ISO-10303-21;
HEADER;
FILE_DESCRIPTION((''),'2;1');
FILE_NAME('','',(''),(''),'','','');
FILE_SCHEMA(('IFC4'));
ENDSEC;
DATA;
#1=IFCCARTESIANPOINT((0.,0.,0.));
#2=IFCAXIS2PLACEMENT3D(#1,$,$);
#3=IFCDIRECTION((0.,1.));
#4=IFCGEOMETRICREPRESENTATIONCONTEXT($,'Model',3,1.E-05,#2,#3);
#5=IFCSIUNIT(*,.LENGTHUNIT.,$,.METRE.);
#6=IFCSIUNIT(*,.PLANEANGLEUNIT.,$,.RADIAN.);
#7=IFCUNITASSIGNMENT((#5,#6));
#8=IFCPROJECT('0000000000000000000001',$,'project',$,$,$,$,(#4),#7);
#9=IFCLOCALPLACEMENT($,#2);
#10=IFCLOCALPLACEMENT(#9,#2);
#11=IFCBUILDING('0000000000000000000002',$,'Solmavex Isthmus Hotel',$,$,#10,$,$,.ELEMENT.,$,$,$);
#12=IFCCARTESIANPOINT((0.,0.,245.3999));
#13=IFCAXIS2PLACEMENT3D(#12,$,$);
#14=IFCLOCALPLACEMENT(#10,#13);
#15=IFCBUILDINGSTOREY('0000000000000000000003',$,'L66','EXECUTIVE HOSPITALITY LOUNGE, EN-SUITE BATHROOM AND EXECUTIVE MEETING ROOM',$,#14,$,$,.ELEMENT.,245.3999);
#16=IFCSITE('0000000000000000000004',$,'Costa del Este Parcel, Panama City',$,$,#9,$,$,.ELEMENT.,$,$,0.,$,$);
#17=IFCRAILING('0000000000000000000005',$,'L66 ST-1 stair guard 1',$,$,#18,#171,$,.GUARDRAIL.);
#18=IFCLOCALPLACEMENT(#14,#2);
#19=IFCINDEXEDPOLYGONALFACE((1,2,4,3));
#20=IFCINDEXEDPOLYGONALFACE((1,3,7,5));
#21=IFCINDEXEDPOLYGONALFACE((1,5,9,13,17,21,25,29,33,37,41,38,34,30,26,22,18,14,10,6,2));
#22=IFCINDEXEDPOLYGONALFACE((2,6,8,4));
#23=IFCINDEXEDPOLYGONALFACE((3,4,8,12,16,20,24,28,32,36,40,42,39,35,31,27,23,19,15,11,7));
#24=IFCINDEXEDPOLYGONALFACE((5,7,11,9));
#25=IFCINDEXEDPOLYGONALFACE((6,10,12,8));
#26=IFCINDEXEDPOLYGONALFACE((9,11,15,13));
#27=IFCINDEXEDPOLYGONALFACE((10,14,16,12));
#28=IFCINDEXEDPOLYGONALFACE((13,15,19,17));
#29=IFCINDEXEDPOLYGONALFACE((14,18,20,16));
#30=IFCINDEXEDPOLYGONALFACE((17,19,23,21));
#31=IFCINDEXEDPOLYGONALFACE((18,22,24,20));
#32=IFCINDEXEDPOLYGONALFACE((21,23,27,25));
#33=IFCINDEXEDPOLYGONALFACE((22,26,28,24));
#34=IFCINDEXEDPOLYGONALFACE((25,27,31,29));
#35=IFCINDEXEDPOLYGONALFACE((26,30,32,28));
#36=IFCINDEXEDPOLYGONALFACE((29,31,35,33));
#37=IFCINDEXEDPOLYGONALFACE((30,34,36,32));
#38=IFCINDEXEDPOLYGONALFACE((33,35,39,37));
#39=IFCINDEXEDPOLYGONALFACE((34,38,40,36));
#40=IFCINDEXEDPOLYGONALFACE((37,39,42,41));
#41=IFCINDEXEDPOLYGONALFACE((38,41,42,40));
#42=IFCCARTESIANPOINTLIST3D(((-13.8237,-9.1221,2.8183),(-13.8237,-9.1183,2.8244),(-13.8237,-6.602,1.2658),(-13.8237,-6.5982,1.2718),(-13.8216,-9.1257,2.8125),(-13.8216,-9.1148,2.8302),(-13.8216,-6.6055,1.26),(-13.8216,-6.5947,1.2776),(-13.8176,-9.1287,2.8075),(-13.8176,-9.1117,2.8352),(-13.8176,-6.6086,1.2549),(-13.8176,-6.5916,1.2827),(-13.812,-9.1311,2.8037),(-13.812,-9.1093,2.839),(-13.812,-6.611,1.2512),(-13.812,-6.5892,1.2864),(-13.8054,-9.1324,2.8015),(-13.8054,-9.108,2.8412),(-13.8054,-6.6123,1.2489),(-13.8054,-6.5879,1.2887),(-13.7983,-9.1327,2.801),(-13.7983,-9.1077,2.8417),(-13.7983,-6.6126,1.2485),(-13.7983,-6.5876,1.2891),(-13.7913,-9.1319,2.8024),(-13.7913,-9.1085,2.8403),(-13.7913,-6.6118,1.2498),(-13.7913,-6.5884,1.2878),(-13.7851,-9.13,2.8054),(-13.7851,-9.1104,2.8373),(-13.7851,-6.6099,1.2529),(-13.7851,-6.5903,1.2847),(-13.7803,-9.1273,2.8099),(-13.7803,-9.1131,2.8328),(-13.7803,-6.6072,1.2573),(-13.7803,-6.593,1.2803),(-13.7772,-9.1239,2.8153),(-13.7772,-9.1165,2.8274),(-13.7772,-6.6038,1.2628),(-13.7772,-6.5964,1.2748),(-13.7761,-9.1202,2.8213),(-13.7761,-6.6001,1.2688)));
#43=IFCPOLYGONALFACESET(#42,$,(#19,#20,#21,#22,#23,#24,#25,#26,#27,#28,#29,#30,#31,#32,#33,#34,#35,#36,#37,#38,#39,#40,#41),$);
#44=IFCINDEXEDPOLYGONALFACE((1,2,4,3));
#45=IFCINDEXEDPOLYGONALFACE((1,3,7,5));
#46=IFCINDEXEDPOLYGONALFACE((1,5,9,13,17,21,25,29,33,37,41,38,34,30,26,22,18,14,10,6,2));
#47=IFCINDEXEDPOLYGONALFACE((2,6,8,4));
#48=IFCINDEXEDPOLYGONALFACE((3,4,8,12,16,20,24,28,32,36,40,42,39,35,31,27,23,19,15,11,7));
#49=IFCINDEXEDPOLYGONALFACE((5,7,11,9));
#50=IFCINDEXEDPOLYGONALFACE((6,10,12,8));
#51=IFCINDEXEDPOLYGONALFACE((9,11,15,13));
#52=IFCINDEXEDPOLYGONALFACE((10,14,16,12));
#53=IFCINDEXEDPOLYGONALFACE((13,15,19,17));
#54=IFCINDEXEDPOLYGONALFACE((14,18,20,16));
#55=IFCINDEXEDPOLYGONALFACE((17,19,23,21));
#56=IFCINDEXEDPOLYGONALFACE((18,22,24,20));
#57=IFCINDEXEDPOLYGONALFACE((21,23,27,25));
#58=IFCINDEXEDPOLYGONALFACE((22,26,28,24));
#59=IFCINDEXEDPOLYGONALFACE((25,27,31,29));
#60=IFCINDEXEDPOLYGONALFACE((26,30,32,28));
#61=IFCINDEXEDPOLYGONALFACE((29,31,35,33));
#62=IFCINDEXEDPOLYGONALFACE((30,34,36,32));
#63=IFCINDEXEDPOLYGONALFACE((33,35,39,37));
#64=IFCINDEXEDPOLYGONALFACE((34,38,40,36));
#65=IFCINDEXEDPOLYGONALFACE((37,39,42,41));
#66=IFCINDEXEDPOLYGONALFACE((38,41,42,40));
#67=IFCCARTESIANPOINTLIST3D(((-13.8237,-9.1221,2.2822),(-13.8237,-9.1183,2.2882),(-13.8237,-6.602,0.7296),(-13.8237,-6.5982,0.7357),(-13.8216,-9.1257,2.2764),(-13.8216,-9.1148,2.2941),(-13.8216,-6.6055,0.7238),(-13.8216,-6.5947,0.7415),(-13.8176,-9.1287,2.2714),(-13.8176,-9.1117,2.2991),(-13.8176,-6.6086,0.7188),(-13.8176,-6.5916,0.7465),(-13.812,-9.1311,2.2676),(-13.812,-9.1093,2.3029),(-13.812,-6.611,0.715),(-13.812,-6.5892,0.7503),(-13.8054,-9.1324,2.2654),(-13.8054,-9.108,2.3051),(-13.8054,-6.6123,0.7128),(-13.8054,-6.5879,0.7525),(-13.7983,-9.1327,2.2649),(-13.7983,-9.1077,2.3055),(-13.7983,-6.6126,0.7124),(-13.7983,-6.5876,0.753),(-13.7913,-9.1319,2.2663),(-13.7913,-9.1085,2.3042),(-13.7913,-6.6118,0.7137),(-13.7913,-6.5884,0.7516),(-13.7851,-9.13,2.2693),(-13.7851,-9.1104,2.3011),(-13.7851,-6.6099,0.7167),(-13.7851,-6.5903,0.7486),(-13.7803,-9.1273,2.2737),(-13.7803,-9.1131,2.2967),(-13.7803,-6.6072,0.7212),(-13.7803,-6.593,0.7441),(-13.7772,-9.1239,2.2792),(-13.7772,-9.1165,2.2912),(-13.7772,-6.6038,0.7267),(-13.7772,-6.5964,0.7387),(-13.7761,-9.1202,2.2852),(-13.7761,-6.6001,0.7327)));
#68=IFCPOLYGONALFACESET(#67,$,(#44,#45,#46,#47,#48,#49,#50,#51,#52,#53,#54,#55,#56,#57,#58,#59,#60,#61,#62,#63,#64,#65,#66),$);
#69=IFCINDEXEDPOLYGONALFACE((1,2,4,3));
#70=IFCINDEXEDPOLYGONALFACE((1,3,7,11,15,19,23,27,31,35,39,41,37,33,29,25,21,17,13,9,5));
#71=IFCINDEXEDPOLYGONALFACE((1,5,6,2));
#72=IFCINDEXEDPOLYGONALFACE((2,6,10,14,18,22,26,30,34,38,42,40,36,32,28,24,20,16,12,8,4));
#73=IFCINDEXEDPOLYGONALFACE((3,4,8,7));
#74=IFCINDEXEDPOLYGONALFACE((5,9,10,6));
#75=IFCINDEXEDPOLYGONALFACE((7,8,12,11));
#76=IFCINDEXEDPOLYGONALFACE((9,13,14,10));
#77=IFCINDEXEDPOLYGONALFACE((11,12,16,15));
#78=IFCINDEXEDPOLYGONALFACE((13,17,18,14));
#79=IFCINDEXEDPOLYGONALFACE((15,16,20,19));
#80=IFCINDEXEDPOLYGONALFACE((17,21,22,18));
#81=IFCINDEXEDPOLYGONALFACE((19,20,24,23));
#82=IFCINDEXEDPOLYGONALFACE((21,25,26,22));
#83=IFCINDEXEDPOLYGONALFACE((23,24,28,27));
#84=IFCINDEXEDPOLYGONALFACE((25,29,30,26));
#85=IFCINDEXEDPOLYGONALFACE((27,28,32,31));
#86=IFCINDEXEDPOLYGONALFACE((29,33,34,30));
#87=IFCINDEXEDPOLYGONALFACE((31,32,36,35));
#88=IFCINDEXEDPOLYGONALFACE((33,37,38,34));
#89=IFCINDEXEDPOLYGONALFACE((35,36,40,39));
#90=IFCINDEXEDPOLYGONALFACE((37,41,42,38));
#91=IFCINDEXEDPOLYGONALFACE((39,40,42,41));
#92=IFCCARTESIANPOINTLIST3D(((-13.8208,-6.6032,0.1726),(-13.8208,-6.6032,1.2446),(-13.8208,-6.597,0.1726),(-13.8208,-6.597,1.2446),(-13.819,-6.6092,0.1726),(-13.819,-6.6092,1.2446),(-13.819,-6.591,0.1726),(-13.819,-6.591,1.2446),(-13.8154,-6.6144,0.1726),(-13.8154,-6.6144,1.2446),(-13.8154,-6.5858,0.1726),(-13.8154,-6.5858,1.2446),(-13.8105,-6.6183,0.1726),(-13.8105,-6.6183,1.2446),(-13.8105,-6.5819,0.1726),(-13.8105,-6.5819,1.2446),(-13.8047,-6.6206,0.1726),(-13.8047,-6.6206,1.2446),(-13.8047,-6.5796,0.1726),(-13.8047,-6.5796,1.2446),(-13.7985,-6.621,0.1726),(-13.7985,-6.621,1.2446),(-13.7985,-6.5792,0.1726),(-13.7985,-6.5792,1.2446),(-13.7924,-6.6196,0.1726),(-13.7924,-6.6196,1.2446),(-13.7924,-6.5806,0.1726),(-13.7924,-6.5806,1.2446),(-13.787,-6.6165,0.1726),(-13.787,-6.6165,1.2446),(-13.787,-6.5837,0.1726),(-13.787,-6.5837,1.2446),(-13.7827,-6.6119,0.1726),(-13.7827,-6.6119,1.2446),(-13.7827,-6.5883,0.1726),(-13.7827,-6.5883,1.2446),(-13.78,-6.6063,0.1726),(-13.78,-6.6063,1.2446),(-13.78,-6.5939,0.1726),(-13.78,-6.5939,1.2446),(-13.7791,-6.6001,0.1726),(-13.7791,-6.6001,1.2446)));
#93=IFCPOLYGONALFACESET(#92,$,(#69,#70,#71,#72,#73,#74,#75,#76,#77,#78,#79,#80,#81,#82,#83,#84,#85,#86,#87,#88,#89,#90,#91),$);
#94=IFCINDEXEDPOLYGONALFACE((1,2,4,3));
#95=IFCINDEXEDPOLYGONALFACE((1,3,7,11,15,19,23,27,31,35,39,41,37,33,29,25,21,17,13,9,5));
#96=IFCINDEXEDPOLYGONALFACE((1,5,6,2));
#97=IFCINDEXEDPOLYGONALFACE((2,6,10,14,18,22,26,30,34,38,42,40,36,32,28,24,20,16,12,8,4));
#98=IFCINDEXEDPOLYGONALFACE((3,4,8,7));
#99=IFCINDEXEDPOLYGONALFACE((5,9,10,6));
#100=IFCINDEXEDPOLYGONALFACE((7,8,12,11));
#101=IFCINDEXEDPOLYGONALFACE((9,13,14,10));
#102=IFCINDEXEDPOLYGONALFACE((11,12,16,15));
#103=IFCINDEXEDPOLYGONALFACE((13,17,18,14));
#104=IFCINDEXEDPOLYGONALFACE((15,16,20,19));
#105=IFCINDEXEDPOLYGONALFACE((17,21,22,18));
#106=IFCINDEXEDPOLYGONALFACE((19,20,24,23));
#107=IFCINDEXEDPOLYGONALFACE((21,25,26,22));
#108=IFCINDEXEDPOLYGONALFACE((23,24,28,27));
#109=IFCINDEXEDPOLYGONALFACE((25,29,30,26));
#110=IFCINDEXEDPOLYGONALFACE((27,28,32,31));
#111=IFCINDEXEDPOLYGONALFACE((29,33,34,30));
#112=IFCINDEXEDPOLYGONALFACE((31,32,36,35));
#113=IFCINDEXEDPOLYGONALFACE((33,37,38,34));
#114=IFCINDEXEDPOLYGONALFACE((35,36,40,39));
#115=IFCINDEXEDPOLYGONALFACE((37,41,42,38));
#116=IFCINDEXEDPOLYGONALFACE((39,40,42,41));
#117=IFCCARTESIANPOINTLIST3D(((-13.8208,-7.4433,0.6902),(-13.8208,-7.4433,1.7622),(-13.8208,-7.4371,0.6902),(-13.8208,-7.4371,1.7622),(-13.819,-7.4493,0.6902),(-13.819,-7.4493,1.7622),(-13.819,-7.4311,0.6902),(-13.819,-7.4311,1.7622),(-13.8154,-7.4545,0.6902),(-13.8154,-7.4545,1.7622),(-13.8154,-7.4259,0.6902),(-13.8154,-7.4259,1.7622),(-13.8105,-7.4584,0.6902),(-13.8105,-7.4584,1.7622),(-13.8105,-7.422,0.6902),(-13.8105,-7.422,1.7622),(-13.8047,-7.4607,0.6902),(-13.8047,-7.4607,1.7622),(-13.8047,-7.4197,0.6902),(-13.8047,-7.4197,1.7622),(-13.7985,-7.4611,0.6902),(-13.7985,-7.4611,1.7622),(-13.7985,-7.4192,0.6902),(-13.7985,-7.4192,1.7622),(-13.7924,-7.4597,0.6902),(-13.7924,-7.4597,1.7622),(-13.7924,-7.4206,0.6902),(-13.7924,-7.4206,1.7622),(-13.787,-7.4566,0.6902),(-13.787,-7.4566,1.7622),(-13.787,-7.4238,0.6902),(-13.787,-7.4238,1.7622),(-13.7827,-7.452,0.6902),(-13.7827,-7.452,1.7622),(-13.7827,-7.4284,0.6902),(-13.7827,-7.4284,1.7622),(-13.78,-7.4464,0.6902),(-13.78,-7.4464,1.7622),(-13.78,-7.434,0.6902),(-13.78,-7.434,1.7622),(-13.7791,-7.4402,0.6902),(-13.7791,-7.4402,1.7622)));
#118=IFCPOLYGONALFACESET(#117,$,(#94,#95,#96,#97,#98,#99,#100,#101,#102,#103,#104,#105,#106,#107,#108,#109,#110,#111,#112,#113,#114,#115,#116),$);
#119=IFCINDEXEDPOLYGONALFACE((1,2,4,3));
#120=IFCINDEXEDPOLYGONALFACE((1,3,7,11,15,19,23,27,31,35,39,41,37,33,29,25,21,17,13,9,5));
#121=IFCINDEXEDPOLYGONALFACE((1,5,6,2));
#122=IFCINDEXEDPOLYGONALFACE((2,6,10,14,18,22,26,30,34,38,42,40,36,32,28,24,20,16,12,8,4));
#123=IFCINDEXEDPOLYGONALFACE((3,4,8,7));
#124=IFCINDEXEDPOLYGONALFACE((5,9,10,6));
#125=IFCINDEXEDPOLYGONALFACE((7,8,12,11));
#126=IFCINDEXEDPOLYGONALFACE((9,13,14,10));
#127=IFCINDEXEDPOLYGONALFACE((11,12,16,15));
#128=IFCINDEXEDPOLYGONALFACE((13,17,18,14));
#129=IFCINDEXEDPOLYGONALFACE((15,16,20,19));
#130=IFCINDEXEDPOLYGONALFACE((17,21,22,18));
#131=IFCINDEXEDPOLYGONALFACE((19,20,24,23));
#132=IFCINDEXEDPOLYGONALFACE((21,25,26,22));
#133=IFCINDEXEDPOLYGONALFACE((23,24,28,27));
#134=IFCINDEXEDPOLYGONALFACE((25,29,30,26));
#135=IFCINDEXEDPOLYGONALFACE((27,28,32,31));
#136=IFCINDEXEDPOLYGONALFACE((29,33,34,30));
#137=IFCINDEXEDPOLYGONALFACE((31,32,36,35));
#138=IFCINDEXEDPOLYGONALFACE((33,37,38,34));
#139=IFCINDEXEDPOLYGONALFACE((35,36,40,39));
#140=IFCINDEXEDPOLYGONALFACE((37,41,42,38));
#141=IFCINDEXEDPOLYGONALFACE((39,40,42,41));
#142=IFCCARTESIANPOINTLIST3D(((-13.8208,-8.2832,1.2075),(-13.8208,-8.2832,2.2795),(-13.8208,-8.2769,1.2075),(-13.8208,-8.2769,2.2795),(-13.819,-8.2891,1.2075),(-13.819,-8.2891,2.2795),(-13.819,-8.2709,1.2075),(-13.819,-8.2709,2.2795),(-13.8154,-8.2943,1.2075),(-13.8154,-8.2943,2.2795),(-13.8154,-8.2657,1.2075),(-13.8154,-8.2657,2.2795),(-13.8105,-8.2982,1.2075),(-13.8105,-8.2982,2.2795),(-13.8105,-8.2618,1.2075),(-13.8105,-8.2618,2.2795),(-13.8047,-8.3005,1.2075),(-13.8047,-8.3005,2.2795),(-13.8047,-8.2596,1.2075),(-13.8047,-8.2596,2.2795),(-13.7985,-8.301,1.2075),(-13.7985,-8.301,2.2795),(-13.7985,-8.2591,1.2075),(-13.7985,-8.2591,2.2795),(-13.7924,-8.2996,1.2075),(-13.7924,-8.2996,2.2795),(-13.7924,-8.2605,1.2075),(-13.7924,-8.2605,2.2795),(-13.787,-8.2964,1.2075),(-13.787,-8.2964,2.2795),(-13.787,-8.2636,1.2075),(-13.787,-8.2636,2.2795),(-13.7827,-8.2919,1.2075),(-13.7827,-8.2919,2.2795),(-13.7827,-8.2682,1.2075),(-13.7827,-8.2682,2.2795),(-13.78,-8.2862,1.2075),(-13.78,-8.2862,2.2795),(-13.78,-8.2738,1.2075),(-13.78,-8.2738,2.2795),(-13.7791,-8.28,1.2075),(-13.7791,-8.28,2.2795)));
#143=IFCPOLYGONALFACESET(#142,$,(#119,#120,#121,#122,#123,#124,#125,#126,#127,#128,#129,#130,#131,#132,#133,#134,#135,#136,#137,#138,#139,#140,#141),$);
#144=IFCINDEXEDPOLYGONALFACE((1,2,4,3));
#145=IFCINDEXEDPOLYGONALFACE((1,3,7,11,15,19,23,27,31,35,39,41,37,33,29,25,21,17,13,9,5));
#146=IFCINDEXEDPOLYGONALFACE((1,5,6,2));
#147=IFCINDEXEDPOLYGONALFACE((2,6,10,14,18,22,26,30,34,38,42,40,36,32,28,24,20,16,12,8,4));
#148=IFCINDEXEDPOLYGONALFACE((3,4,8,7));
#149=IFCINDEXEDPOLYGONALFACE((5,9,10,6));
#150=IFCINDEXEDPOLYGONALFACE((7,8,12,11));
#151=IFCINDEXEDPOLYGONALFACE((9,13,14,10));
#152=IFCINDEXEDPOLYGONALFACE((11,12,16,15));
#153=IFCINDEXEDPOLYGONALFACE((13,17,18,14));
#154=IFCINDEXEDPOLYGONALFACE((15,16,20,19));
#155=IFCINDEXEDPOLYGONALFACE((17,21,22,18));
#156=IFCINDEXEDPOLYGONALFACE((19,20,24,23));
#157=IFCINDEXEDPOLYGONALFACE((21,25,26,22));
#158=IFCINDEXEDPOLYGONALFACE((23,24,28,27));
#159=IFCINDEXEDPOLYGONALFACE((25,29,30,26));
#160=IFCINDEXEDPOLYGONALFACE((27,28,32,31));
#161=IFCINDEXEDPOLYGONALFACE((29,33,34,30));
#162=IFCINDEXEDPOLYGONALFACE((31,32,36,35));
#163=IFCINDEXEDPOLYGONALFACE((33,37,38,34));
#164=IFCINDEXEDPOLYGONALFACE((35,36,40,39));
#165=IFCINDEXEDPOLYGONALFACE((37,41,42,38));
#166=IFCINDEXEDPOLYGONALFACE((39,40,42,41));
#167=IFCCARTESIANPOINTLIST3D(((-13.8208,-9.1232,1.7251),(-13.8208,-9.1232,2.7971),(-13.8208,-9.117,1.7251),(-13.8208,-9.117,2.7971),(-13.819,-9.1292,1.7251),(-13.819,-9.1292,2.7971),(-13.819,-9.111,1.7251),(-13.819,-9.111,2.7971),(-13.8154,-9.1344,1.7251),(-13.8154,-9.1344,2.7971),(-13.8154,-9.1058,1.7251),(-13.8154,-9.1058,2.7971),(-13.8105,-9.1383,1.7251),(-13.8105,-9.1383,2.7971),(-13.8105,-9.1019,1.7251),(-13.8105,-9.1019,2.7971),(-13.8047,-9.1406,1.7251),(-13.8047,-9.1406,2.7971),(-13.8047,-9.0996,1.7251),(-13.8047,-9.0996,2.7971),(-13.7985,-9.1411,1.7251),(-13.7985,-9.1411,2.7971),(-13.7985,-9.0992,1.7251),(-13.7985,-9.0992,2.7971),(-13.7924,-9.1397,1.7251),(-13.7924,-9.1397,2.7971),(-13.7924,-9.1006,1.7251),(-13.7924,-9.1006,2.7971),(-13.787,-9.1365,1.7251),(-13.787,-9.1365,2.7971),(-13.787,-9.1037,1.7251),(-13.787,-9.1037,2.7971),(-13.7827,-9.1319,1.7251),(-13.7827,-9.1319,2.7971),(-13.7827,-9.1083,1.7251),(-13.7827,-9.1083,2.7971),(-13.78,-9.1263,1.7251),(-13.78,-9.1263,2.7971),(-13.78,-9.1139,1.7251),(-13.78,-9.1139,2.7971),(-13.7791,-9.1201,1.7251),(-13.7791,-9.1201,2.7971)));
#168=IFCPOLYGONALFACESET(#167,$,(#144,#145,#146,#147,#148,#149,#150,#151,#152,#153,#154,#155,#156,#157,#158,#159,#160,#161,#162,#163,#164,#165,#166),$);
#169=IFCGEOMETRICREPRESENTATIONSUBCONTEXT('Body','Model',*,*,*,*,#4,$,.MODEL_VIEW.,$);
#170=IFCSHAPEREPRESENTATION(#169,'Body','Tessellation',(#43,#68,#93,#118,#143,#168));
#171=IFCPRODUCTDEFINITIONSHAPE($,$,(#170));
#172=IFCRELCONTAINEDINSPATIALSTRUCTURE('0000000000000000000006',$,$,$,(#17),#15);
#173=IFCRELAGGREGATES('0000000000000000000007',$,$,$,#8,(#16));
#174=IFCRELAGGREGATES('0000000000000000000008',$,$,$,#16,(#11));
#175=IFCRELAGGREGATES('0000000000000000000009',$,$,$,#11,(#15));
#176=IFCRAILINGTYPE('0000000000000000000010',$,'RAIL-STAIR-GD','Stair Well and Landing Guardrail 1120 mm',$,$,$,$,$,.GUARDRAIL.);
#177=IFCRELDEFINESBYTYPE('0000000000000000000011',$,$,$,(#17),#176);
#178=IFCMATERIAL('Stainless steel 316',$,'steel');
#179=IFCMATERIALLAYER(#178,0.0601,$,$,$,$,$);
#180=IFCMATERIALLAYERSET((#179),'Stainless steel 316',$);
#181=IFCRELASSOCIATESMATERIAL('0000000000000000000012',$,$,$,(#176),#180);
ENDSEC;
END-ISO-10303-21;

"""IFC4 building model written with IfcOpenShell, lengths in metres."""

from ifc_helpers import new_model, si_unit, direction, frame, origin, origin_2d, place, context, subcontext, project, spatial, circle, extrude, material, layer, layer_set, type_object, element, save


model = new_model("IFC4")

# Units and contexts
model_context = context("Model", 3, precision=1e-05, world=origin(), true_north=direction((0.0, 1.0)))
body_context = subcontext(model_context, "Body", "Model", "MODEL_VIEW")
ifc_project = project(units=[si_unit("LENGTHUNIT", "METRE"), si_unit("PLANEANGLEUNIT", "RADIAN")], contexts=[model_context])

# Site, building, storey
site_placement = place(None, origin())
site = spatial("IfcSite", under=ifc_project, at=site_placement, Name="Costa del Este Parcel, Panama City", CompositionType="ELEMENT", RefElevation=0.0)
building_placement = place(site_placement, origin())
building = spatial("IfcBuilding", under=site, at=building_placement, Name="Solmavex Isthmus Hotel", CompositionType="ELEMENT")
storey_placement = place(building_placement, frame((0.0, 0.0, 245.3999)))
storey = spatial("IfcBuildingStorey", under=building, at=storey_placement, Name="L66", Description="EXECUTIVE HOSPITALITY LOUNGE, EN-SUITE BATHROOM AND EXECUTIVE MEETING ROOM", CompositionType="ELEMENT", Elevation=245.3999)

# Railing
ifc_material_1 = material(Name="Stainless steel 316", Category="steel")
ifc_layer_1 = layer(ifc_material_1, 0.0601)
ifc_layer_set_1 = layer_set([ifc_layer_1], Name="Stainless steel 316")
railing_type_1 = type_object("IfcRailingType", Name="RAIL-STAIR-GD", Description="Stair Well and Landing Guardrail 1120 mm", PredefinedType="GUARDRAIL", material=ifc_layer_set_1)
railing_1_placement = place(storey_placement, frame((-13.8, -6.6001, 0.1726)))
element("IfcRailing", 1, at=railing_1_placement, inside=storey, type_object=railing_type_1, Name="L66 ST-1 stair guard 1", PredefinedType="GUARDRAIL", context=body_context, shape_type="SweptSolid", body=[
    extrude(circle(Radius=0.0239, at=origin_2d()), frame((0.0, 0.0, 1.0962), z_axis=(0.0, -0.8514, 0.524516), x_axis=(1.0, 0.0, 0.0)), (0.0, 0.0, 1.0), 2.96),
    extrude(circle(Radius=0.0239, at=origin_2d()), frame((0.0, 0.0, 0.5601), z_axis=(0.0, -0.8514, 0.524516), x_axis=(1.0, 0.0, 0.0)), (0.0, 0.0, 1.0), 2.96),
    extrude(circle(Radius=0.021, at=origin_2d()), origin(), (0.0, 0.0, 1.0), 1.072),
    extrude(circle(Radius=0.021, at=origin_2d()), frame((0.0, -0.8401, 0.5176)), (0.0, 0.0, 1.0), 1.072),
    extrude(circle(Radius=0.021, at=origin_2d()), frame((0.0, -1.6799, 1.0349)), (0.0, 0.0, 1.0), 1.072),
    extrude(circle(Radius=0.021, at=origin_2d()), frame((0.0, -2.52, 1.5525)), (0.0, 0.0, 1.0), 1.072),
])

save(model, "model.ifc")
